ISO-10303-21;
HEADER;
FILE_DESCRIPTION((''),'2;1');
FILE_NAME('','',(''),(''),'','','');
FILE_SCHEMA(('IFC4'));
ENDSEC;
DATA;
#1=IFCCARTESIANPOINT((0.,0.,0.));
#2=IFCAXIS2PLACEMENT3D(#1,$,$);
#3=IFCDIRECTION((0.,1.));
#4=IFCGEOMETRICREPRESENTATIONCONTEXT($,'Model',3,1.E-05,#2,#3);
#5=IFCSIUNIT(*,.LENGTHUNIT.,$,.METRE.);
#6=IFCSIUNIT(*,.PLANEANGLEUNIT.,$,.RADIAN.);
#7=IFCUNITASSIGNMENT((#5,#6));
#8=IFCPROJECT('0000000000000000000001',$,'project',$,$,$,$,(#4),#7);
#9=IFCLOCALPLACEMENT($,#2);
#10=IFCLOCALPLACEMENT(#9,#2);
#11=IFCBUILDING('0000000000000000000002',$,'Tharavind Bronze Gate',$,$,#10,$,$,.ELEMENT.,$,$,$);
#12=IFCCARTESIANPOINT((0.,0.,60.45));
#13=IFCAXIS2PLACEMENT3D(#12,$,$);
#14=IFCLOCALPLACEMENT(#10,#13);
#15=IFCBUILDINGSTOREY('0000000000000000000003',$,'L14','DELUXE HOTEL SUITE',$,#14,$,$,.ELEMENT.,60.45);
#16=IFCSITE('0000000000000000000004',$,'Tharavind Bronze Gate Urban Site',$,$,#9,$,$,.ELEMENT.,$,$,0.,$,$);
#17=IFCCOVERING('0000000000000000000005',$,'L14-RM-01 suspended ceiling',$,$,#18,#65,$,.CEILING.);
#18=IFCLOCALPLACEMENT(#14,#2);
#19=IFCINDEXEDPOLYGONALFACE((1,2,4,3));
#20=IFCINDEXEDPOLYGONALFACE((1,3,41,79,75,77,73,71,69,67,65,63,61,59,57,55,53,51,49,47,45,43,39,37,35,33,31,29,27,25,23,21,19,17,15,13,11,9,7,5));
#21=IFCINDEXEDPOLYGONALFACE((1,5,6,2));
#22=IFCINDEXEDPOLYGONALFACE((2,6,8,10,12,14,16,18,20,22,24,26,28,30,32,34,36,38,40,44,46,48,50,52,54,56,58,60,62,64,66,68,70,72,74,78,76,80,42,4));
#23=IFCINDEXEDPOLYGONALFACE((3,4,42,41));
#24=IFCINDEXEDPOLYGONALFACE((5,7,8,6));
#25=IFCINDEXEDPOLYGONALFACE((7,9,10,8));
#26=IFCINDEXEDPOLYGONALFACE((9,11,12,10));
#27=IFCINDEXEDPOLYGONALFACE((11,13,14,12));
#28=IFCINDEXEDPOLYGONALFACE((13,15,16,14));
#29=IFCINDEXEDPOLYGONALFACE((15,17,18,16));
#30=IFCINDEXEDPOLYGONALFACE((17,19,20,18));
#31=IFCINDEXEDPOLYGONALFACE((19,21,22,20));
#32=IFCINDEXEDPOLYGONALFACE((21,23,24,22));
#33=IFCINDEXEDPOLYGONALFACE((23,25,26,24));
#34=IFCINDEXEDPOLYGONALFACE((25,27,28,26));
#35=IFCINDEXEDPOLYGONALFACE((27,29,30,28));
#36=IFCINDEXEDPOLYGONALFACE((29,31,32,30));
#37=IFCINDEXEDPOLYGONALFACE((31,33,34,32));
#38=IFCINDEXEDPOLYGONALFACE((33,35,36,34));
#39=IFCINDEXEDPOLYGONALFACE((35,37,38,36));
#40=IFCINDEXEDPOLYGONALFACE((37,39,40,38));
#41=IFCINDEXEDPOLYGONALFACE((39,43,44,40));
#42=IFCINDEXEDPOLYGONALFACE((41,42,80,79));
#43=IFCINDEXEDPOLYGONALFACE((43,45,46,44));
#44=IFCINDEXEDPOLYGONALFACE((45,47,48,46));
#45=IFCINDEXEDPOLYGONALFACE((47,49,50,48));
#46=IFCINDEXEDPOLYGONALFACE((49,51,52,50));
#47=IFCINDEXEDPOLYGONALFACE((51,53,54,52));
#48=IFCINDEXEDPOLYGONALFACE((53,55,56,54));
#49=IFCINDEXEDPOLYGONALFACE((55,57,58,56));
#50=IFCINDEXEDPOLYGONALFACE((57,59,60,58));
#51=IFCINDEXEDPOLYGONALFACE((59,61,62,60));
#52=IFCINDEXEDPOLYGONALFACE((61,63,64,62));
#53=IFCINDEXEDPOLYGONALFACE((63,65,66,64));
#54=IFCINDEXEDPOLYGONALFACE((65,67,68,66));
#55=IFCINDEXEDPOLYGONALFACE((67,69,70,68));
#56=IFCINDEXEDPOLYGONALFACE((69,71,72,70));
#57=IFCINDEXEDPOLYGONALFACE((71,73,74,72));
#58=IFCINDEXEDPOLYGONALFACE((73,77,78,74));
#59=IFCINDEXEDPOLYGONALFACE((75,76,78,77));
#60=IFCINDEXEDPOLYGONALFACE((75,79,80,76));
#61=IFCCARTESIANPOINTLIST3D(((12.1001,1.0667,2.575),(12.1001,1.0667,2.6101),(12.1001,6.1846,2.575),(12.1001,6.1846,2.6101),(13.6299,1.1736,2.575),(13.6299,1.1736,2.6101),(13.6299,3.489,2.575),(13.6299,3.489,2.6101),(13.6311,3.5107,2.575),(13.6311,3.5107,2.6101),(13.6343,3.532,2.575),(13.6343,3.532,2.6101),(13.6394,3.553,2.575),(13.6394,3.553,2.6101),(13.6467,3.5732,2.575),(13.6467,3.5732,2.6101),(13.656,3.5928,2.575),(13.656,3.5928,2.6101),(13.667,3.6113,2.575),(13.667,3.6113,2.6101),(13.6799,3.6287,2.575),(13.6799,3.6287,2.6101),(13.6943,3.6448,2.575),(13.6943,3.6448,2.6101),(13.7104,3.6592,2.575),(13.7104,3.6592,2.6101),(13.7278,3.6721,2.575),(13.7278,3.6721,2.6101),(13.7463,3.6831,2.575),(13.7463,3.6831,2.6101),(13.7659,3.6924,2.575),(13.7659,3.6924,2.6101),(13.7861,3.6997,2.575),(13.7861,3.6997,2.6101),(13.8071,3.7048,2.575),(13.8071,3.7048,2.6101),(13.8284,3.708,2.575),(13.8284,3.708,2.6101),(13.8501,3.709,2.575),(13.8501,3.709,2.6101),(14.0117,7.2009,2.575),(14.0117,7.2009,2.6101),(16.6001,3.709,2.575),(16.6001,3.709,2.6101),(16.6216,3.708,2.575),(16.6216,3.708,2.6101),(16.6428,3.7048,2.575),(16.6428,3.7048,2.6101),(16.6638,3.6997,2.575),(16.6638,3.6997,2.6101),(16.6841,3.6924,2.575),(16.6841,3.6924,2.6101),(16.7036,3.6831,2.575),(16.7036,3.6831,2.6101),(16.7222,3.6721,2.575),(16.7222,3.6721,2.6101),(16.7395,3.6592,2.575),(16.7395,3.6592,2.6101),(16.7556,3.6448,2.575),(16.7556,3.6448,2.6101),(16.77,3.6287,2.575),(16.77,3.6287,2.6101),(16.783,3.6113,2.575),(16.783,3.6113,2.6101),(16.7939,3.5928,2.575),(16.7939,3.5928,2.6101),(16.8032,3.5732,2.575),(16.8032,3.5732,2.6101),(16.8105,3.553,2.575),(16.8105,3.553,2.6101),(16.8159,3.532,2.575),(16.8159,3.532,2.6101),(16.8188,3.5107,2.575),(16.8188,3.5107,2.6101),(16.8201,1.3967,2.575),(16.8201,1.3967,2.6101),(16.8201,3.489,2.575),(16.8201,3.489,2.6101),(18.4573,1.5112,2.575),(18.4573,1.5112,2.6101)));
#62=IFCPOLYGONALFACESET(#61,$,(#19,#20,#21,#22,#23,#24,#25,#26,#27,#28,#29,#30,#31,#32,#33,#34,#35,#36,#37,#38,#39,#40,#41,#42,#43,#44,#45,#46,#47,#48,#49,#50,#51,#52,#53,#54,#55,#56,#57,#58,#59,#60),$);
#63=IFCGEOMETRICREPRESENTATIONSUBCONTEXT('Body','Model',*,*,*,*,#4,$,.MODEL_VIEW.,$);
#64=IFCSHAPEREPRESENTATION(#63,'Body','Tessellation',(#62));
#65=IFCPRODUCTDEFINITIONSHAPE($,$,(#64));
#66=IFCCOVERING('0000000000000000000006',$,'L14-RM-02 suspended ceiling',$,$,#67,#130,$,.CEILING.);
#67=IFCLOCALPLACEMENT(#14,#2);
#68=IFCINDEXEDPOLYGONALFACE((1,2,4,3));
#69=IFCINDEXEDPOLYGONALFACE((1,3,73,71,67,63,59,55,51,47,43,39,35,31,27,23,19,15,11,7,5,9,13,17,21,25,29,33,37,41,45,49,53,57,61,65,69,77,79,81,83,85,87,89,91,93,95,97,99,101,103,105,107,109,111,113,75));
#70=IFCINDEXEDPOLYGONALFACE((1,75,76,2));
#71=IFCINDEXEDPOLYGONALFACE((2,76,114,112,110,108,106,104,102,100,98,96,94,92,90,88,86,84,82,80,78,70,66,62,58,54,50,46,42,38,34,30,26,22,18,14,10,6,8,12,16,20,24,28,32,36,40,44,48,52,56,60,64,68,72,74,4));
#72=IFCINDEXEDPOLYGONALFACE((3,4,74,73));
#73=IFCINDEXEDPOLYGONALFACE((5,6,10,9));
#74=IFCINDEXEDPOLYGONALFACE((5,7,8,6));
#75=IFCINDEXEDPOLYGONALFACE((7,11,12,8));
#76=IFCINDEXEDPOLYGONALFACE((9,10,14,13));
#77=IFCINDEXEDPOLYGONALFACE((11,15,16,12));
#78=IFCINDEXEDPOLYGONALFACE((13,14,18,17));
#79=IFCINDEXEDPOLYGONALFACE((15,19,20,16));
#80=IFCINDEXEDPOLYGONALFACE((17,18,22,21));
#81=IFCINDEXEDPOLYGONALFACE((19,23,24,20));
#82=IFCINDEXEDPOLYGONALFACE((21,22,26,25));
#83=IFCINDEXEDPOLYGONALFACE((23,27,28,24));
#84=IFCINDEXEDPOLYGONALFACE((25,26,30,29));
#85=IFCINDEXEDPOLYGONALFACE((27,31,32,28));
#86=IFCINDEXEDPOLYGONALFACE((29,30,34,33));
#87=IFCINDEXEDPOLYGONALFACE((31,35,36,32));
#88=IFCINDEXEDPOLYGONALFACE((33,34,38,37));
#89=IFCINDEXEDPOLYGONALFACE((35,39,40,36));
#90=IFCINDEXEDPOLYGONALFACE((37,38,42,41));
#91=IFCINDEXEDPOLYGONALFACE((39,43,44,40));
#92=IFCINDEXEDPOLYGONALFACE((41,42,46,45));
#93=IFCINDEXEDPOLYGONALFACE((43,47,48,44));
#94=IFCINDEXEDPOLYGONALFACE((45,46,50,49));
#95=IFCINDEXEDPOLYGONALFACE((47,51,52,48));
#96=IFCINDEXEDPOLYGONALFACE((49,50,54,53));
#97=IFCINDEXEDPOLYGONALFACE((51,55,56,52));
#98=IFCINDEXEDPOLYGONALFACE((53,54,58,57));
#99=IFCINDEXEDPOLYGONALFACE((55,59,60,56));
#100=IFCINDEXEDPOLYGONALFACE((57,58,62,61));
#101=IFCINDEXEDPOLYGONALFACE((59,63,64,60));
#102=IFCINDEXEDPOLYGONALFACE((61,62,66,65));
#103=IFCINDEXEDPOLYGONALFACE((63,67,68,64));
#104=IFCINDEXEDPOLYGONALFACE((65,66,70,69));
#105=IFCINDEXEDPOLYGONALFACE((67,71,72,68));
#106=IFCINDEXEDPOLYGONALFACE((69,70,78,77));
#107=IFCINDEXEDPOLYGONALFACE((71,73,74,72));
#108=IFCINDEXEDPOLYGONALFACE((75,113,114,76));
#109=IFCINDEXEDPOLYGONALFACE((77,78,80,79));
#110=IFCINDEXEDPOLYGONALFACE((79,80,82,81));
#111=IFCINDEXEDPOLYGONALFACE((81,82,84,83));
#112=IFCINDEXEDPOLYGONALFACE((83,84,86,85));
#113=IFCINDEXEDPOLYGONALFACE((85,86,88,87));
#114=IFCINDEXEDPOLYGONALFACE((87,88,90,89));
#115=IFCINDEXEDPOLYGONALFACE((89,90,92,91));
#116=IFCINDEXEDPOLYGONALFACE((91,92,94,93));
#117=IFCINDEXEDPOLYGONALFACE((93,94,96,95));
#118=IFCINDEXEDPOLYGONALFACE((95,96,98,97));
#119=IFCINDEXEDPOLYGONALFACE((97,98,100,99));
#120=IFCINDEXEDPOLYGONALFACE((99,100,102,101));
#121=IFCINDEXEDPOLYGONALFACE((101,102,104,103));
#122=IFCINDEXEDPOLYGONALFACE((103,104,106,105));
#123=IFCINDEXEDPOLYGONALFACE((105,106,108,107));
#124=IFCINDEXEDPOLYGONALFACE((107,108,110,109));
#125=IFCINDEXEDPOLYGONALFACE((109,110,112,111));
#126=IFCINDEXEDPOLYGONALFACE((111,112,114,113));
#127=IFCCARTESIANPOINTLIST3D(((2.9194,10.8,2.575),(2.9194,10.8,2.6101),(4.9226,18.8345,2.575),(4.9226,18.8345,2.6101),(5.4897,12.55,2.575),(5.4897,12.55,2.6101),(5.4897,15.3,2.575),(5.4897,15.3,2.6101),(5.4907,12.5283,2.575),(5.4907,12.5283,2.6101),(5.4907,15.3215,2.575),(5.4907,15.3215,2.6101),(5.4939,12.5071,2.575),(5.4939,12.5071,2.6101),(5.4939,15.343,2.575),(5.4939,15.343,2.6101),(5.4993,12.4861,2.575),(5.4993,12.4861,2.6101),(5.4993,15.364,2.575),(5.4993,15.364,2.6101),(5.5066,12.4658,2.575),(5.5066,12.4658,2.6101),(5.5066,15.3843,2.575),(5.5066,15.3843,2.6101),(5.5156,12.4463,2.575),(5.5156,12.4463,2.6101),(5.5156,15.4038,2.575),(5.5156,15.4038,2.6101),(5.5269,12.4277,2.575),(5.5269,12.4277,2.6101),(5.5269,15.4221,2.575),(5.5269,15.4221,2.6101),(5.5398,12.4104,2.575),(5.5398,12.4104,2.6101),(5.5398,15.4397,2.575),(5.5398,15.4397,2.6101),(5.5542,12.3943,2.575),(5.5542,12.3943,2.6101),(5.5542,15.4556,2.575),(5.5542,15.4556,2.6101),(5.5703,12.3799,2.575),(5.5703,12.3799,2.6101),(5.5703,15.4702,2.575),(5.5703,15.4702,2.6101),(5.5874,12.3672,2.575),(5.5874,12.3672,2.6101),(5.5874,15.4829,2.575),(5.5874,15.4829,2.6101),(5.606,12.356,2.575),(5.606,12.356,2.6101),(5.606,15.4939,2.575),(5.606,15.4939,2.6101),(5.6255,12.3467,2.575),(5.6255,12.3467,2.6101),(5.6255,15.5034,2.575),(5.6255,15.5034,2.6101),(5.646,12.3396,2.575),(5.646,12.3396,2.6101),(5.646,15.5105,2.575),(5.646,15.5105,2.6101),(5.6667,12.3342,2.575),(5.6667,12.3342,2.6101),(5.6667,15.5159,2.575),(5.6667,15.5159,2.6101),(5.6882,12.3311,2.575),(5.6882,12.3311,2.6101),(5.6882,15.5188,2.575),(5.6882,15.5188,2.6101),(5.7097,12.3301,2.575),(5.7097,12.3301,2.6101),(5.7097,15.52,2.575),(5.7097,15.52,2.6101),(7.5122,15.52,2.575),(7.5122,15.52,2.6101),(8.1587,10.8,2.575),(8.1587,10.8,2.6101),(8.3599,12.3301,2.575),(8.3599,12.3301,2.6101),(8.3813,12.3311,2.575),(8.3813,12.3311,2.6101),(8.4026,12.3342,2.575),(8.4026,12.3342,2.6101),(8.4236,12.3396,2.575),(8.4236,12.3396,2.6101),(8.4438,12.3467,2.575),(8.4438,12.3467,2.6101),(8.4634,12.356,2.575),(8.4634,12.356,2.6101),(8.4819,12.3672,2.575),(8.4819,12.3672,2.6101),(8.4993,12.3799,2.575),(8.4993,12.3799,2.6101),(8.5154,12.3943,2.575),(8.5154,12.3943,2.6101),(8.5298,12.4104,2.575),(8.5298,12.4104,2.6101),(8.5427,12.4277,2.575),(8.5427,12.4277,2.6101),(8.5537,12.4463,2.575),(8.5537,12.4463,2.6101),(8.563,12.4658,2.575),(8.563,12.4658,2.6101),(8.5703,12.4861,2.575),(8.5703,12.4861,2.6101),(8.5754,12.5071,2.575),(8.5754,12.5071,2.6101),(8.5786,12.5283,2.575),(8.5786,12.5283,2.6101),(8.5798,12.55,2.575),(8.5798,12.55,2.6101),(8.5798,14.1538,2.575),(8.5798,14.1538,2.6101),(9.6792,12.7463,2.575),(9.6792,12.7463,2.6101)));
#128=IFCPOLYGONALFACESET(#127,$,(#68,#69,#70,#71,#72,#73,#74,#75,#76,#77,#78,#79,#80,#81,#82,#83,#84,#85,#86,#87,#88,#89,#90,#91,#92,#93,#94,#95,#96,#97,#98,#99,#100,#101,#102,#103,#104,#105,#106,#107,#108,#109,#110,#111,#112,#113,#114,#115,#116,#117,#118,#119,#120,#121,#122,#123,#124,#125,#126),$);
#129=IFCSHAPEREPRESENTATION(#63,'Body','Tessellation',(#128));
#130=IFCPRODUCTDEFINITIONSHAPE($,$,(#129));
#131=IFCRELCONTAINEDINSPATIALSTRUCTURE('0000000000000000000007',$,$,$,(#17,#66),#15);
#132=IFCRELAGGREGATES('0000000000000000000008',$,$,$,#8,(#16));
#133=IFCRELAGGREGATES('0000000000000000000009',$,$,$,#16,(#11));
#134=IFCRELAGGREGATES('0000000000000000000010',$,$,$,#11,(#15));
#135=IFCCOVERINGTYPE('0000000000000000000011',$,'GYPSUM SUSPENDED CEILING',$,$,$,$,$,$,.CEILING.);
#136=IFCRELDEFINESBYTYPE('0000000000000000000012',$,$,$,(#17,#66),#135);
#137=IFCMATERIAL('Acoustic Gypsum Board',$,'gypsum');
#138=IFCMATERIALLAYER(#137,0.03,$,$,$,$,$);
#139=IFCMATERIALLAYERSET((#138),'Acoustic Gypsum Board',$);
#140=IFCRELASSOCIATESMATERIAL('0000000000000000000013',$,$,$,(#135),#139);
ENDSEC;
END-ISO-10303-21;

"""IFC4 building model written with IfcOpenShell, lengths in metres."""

from ifc_helpers import new_model, si_unit, direction, frame, origin, place, context, subcontext, project, spatial, polyline, outline, extrude, material, layer, layer_set, type_object, element, save


model = new_model("IFC4")

# Units and contexts
model_context = context("Model", 3, precision=1e-05, world=origin(), true_north=direction((0.0, 1.0)))
body_context = subcontext(model_context, "Body", "Model", "MODEL_VIEW")
ifc_project = project(units=[si_unit("LENGTHUNIT", "METRE"), si_unit("PLANEANGLEUNIT", "RADIAN")], contexts=[model_context])

# Site, building, storey
site_placement = place(None, origin())
site = spatial("IfcSite", under=ifc_project, at=site_placement, Name="Tharavind Bronze Gate Urban Site", CompositionType="ELEMENT", RefElevation=0.0)
building_placement = place(site_placement, origin())
building = spatial("IfcBuilding", under=site, at=building_placement, Name="Tharavind Bronze Gate", CompositionType="ELEMENT")
storey_placement = place(building_placement, frame((0.0, 0.0, 60.45)))
storey = spatial("IfcBuildingStorey", under=building, at=storey_placement, Name="L14", Description="DELUXE HOTEL SUITE", CompositionType="ELEMENT", Elevation=60.45)

# Coverings
ifc_material_1 = material(Name="Acoustic Gypsum Board", Category="gypsum")
ifc_layer_1 = layer(ifc_material_1, 0.03)
ifc_layer_set_1 = layer_set([ifc_layer_1], Name="Acoustic Gypsum Board")
covering_type_1 = type_object("IfcCoveringType", Name="GYPSUM SUSPENDED CEILING", PredefinedType="CEILING", material=ifc_layer_set_1)
covering_1_placement = place(storey_placement, frame((0.0, 0.0, 2.575)))
element("IfcCovering", 1, at=covering_1_placement, inside=storey, type_object=covering_type_1, Name="L14-RM-01 suspended ceiling", PredefinedType="CEILING", context=body_context, shape_type="SweptSolid", body=[
    extrude(outline(polyline([(13.6299, 1.1736), (13.6299, 3.489), (13.6311, 3.5107), (13.6343, 3.532), (13.6394, 3.553), (13.6467, 3.5732), (13.656, 3.5928), (13.667, 3.6113), (13.6799, 3.6287), (13.6943, 3.6448), (13.7104, 3.6592), (13.7278, 3.6721), (13.7463, 3.6831), (13.7659, 3.6924), (13.7861, 3.6997), (13.8071, 3.7048), (13.8284, 3.708), (13.8501, 3.709), (16.6001, 3.709), (16.6216, 3.708), (16.6428, 3.7048), (16.6638, 3.6997), (16.6841, 3.6924), (16.7036, 3.6831), (16.7222, 3.6721), (16.7395, 3.6592), (16.7556, 3.6448), (16.77, 3.6287), (16.783, 3.6113), (16.7939, 3.5928), (16.8032, 3.5732), (16.8105, 3.553), (16.8159, 3.532), (16.8188, 3.5107), (16.8201, 3.489), (16.8201, 1.3967), (18.4573, 1.5112), (14.0117, 7.2009), (12.1001, 6.1846), (12.1001, 1.0667), (13.6299, 1.1736)])), origin(), (0.0, 0.0, 1.0), 0.0352),
])
covering_2_placement = place(storey_placement, frame((0.0, 0.0, 2.575)))
element("IfcCovering", 2, at=covering_2_placement, inside=storey, type_object=covering_type_1, Name="L14-RM-02 suspended ceiling", PredefinedType="CEILING", context=body_context, shape_type="SweptSolid", body=[
    extrude(outline(polyline([(8.1587, 10.8), (9.6792, 12.7463), (8.5798, 14.1538), (8.5798, 12.55), (8.5786, 12.5283), (8.5754, 12.5071), (8.5703, 12.4861), (8.563, 12.4658), (8.5537, 12.4463), (8.5427, 12.4277), (8.5298, 12.4104), (8.5154, 12.3943), (8.4993, 12.3799), (8.4819, 12.3672), (8.4634, 12.356), (8.4438, 12.3467), (8.4236, 12.3396), (8.4026, 12.3342), (8.3813, 12.3311), (8.3599, 12.3301), (5.7097, 12.3301), (5.6882, 12.3311), (5.6667, 12.3342), (5.646, 12.3396), (5.6255, 12.3467), (5.606, 12.356), (5.5874, 12.3672), (5.5703, 12.3799), (5.5542, 12.3943), (5.5398, 12.4104), (5.5269, 12.4277), (5.5156, 12.4463), (5.5066, 12.4658), (5.4993, 12.4861), (5.4939, 12.5071), (5.4907, 12.5283), (5.4897, 12.55), (5.4897, 15.3), (5.4907, 15.3215), (5.4939, 15.343), (5.4993, 15.364), (5.5066, 15.3843), (5.5156, 15.4038), (5.5269, 15.4221), (5.5398, 15.4397), (5.5542, 15.4556), (5.5703, 15.4702), (5.5874, 15.4829), (5.606, 15.4939), (5.6255, 15.5034), (5.646, 15.5105), (5.6667, 15.5159), (5.6882, 15.5188), (5.7097, 15.52), (7.5122, 15.52), (4.9226, 18.8345), (2.9194, 10.8), (8.1587, 10.8)])), origin(), (0.0, 0.0, 1.0), 0.0352),
])

save(model, "model.ifc")
